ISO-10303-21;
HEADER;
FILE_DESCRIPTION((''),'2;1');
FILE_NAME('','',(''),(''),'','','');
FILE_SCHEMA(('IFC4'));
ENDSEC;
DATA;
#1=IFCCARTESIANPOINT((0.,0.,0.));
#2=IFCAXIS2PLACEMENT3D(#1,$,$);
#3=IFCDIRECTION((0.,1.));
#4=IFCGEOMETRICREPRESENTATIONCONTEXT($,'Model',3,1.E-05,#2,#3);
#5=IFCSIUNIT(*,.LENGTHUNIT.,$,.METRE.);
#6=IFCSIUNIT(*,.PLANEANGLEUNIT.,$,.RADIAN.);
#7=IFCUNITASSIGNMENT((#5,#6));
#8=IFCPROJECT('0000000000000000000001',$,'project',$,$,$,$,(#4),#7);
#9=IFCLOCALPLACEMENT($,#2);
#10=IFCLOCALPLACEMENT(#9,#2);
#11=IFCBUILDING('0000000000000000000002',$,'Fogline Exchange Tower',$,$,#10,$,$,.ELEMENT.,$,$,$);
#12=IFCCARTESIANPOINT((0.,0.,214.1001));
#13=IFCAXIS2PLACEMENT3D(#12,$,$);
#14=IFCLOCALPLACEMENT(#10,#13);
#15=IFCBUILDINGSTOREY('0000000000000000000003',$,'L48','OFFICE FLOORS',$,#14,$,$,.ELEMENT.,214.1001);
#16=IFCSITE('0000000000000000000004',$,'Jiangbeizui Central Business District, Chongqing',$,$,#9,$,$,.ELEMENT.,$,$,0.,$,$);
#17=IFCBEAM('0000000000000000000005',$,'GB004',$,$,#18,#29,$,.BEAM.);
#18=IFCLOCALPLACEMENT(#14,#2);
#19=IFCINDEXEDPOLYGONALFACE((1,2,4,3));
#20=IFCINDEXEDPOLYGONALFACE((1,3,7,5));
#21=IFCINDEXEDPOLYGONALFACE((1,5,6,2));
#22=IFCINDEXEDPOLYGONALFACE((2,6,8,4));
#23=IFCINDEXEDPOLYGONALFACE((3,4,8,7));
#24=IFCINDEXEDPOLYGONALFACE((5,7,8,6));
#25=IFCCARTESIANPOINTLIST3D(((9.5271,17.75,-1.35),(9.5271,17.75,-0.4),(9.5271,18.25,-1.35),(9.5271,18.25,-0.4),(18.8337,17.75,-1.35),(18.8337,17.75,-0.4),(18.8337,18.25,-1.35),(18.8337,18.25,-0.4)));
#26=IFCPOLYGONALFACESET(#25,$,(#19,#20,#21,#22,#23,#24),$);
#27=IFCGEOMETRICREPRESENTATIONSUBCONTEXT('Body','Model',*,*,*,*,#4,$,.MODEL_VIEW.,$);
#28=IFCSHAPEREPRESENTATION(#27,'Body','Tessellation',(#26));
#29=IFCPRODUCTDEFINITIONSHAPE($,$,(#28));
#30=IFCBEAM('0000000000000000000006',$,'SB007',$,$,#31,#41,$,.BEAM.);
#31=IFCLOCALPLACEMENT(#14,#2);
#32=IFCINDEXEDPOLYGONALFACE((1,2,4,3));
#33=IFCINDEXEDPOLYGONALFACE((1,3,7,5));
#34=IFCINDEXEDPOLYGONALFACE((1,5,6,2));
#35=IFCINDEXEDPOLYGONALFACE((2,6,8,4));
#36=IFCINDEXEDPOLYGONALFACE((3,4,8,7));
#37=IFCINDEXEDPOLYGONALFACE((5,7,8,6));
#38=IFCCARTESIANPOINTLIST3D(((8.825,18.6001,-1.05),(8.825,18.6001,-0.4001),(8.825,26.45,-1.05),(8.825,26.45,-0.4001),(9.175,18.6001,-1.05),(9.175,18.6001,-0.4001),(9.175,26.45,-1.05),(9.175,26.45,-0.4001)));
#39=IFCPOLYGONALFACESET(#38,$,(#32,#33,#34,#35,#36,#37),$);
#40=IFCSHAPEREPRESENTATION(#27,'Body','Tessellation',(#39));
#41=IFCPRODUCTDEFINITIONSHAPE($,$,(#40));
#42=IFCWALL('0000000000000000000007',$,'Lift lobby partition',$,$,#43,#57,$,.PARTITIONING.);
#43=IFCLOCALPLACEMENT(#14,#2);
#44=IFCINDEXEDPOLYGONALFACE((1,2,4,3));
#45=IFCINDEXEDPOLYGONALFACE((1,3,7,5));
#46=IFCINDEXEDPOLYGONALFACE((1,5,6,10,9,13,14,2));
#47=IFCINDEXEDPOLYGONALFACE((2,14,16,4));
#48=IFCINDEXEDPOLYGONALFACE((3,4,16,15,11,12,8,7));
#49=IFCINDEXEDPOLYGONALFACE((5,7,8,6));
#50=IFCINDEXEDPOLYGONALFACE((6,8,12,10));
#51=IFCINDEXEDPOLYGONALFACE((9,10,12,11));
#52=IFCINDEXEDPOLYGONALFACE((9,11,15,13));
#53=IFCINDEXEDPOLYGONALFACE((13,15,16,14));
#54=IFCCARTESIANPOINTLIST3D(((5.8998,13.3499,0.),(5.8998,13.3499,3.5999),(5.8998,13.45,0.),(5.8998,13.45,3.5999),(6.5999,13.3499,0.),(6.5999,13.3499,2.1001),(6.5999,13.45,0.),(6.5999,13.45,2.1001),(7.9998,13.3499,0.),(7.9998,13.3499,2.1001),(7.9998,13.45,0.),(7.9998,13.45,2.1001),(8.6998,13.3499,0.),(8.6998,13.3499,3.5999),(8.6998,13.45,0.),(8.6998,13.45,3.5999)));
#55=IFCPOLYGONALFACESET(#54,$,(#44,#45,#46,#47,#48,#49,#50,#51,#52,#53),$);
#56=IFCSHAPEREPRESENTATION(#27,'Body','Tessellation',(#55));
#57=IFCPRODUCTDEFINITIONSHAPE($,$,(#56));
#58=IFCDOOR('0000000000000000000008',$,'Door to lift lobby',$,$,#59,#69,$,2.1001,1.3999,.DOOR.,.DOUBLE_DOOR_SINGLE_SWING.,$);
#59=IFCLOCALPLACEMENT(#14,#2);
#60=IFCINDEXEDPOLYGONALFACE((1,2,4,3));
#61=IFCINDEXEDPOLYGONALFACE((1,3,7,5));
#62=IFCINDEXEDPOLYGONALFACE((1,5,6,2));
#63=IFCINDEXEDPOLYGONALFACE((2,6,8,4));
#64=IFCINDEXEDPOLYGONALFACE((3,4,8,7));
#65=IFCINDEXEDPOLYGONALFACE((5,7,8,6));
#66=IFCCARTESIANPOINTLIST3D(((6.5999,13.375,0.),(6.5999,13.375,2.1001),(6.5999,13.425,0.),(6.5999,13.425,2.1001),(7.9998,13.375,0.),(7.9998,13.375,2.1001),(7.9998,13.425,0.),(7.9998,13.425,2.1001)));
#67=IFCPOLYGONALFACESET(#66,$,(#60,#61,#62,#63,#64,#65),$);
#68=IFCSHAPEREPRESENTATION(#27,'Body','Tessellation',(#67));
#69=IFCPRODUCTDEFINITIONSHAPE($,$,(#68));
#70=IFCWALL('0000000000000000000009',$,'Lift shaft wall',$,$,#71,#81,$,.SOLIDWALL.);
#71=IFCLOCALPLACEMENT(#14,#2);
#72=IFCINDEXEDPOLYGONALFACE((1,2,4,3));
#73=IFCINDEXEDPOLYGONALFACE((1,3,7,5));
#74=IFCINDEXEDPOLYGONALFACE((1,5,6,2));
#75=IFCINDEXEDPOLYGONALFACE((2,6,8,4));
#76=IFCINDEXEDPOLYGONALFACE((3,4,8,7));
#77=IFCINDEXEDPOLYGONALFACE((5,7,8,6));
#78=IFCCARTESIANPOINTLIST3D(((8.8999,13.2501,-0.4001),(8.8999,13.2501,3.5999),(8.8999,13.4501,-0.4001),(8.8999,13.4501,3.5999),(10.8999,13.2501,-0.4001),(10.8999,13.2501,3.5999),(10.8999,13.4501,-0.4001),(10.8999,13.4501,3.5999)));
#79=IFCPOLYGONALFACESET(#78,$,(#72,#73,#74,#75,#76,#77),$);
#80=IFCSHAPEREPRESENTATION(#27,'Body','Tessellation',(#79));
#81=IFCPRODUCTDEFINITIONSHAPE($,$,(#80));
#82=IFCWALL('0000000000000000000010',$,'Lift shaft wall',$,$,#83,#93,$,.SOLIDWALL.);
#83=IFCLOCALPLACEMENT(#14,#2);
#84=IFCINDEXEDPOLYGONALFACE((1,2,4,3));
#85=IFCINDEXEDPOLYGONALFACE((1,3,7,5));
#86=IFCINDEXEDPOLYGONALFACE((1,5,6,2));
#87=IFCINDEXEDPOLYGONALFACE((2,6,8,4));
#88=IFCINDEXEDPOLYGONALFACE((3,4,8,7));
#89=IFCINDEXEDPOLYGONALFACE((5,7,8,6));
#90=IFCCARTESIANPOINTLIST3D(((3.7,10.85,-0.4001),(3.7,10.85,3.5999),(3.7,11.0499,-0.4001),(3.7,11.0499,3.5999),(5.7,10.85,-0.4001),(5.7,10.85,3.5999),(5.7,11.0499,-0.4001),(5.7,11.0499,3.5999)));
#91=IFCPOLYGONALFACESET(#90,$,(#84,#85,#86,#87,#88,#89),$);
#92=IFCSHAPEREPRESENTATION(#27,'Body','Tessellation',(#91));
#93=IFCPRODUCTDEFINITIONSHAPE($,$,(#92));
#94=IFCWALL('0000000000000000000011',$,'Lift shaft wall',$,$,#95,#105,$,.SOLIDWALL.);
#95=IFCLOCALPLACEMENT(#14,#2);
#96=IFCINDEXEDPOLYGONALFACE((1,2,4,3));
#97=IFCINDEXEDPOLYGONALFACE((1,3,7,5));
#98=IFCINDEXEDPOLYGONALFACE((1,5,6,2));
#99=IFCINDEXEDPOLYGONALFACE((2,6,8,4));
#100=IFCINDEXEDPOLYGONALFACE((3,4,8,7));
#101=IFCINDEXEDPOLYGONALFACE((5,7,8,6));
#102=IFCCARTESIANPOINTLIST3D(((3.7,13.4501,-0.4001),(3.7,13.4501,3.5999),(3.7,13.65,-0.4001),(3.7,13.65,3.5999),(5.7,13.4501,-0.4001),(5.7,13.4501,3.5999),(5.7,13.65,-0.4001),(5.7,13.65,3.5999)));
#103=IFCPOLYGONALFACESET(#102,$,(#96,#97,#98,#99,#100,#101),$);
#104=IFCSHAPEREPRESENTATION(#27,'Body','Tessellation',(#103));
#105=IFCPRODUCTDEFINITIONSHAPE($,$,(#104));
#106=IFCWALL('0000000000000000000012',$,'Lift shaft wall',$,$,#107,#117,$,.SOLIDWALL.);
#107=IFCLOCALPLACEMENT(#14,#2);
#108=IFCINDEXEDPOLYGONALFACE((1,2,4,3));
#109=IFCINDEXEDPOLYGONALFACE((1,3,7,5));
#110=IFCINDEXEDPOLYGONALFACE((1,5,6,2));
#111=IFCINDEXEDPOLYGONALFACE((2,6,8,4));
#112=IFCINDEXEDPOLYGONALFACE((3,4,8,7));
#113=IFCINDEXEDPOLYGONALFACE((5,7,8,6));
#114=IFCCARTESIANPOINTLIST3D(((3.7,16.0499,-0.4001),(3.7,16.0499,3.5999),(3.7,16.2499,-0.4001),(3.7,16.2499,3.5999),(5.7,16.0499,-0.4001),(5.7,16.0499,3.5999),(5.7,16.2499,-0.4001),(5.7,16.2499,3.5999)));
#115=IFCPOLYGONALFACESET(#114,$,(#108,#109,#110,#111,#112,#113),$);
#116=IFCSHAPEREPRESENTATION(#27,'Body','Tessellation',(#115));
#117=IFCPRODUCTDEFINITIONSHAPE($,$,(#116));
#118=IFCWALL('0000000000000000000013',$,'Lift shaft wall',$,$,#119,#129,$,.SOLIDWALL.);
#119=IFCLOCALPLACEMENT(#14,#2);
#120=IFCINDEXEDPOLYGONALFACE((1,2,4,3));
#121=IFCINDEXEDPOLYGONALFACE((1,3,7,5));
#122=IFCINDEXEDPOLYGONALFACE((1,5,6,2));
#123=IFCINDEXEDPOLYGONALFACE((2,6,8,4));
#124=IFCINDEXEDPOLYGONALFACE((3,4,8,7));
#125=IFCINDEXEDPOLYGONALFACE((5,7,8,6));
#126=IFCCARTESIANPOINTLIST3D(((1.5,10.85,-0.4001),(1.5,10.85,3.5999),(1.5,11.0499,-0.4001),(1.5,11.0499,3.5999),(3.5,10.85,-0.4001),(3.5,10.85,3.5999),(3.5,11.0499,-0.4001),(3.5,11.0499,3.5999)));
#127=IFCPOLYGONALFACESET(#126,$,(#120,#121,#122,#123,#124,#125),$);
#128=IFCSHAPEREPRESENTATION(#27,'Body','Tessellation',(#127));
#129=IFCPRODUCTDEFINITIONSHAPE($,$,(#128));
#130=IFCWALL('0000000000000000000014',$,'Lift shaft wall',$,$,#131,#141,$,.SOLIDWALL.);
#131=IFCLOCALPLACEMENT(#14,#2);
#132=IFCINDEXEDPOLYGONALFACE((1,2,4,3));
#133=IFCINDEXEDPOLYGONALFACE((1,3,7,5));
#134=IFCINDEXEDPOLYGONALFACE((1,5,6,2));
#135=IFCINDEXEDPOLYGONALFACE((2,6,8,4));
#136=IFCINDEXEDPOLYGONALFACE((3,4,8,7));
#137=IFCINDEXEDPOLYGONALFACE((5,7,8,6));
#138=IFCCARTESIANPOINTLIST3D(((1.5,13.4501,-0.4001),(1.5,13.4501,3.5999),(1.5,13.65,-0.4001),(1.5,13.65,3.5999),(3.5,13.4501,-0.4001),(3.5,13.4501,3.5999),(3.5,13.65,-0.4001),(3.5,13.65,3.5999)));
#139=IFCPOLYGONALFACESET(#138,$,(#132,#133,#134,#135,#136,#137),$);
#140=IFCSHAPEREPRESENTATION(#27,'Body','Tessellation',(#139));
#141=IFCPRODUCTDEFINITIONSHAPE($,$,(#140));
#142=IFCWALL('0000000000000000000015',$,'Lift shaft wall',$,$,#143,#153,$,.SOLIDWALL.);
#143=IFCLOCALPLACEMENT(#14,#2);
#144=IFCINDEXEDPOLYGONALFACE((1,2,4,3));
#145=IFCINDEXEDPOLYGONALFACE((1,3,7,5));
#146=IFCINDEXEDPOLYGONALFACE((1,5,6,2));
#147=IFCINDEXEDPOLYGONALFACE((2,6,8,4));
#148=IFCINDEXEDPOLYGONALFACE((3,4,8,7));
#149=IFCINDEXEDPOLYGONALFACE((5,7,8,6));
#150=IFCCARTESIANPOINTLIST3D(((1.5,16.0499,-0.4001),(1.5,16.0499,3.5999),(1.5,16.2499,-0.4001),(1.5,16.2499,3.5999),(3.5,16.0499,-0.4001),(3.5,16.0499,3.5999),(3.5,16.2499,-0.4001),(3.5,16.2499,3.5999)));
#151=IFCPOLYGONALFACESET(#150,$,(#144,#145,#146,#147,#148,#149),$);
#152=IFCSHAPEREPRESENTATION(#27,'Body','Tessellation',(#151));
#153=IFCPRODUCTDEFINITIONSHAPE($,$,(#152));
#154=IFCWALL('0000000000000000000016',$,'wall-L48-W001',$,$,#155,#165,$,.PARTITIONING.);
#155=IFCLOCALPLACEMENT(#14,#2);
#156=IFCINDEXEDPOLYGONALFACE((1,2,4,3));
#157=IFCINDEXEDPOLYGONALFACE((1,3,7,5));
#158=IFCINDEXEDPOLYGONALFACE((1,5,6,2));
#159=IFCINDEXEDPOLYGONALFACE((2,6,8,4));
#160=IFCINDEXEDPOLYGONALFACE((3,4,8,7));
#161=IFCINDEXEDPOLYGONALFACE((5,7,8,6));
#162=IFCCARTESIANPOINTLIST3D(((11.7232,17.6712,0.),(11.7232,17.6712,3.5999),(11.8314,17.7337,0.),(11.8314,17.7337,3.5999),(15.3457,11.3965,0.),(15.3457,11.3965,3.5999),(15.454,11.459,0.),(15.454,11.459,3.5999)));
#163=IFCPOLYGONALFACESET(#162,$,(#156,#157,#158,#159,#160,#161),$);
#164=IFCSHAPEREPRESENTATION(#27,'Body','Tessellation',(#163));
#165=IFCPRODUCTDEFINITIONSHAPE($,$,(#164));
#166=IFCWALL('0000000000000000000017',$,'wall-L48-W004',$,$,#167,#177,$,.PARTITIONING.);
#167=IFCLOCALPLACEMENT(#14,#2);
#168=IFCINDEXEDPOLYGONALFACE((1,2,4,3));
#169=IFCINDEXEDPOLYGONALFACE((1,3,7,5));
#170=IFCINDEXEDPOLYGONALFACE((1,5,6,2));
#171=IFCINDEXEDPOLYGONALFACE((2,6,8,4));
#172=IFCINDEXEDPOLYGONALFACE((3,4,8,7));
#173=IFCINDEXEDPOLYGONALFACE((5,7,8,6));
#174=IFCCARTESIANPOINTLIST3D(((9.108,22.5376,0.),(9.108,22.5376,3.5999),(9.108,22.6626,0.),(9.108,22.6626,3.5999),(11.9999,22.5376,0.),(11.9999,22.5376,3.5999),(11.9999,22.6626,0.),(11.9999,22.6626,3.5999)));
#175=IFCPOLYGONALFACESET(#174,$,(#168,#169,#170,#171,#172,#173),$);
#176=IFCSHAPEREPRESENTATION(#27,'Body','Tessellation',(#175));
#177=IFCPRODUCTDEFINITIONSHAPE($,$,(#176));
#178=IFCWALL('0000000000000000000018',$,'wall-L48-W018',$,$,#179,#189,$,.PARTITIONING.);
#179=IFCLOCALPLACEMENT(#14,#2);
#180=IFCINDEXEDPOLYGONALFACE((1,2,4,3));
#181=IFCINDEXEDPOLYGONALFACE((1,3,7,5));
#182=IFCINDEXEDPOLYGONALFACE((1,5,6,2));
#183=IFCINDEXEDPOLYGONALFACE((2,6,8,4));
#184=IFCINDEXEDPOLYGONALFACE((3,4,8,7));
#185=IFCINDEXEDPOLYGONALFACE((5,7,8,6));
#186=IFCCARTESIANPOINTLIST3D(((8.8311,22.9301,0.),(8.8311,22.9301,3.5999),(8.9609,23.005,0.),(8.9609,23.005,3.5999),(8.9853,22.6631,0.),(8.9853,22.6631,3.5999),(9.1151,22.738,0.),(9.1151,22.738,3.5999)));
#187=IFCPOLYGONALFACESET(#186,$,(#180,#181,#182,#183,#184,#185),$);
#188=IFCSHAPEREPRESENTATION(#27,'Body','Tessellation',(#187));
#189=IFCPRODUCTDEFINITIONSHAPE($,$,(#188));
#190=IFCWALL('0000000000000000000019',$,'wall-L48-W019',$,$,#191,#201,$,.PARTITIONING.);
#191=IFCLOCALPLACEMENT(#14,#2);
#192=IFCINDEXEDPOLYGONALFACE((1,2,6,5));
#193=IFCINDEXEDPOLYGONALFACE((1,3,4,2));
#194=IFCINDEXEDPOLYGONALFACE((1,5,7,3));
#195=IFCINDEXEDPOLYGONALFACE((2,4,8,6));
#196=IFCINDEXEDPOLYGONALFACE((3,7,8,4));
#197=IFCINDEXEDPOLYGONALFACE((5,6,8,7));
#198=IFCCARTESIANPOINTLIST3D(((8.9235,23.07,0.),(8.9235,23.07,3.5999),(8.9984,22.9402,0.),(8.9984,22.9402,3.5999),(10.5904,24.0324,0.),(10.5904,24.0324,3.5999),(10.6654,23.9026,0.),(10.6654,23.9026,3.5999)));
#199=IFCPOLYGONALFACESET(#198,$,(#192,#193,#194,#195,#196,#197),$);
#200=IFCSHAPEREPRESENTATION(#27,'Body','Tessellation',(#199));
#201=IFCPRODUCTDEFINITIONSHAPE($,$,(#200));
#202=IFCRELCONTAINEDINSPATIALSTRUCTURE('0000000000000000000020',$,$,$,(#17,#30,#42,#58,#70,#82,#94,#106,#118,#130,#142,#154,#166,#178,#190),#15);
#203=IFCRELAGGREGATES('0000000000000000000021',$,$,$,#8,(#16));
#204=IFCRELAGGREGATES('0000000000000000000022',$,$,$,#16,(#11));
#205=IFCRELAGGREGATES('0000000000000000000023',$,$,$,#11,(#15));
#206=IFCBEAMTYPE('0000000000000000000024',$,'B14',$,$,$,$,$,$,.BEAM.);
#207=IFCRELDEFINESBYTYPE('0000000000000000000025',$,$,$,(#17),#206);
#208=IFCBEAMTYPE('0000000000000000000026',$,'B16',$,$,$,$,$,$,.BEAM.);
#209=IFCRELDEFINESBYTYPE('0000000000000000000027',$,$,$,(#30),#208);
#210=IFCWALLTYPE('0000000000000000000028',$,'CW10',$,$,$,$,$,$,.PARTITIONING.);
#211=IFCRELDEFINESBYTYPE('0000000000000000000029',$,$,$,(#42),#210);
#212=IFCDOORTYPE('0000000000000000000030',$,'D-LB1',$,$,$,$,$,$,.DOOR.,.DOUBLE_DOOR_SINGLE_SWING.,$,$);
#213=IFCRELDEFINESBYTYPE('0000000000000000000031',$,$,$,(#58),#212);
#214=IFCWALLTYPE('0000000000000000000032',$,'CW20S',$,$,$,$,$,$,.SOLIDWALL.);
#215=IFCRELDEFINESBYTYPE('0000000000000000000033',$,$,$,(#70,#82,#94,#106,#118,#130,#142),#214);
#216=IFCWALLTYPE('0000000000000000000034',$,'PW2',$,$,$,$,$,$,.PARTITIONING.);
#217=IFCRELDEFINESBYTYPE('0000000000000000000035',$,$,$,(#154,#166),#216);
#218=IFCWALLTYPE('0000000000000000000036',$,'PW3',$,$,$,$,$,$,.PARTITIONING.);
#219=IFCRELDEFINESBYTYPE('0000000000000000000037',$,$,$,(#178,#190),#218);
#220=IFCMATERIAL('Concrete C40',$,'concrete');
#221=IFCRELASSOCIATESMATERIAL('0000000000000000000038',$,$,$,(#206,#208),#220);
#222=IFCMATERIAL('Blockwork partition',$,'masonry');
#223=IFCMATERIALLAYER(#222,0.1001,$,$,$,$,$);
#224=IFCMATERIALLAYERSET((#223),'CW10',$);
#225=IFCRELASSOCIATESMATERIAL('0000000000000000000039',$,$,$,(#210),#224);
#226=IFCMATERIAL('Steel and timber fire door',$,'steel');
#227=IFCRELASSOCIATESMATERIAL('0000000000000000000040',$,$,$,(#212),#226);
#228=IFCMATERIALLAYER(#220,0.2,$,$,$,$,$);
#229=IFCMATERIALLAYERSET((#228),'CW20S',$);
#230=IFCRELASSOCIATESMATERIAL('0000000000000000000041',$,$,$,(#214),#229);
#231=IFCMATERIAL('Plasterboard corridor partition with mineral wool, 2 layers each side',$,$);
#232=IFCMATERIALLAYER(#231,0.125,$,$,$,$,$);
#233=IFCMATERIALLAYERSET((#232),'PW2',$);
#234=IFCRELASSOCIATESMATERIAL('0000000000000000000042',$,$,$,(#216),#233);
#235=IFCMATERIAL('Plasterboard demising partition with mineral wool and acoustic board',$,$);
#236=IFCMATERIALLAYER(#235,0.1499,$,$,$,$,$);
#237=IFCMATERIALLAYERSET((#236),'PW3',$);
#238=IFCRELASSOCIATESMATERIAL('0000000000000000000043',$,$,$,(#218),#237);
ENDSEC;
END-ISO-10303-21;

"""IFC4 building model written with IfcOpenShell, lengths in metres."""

from ifc_helpers import new_model, si_unit, direction, frame, frame_2d, origin, origin_2d, place, context, subcontext, project, spatial, rectangle, extrude, material, layer, layer_set, material_profile, profile_set, type_object, element, fill, save


model = new_model("IFC4")

# Units and contexts
model_context = context("Model", 3, precision=1e-05, world=origin(), true_north=direction((0.0, 1.0)))
body_context = subcontext(model_context, "Body", "Model", "MODEL_VIEW")
ifc_project = project(units=[si_unit("LENGTHUNIT", "METRE"), si_unit("PLANEANGLEUNIT", "RADIAN")], contexts=[model_context])

# Site, building, storey
site_placement = place(None, origin())
site = spatial("IfcSite", under=ifc_project, at=site_placement, Name="Jiangbeizui Central Business District, Chongqing", CompositionType="ELEMENT", RefElevation=0.0)
building_placement = place(site_placement, origin())
building = spatial("IfcBuilding", under=site, at=building_placement, Name="Fogline Exchange Tower", CompositionType="ELEMENT")
storey_placement = place(building_placement, frame((0.0, 0.0, 214.1001)))
storey = spatial("IfcBuildingStorey", under=building, at=storey_placement, Name="L48", Description="OFFICE FLOORS", CompositionType="ELEMENT", Elevation=214.1001)

# Beams
ifc_material_1 = material(Name="Concrete C40", Category="concrete")
ifc_material_profile_1 = material_profile(ifc_material_1, rectangle(XDim=0.5, YDim=0.95, at=origin_2d()), Name="RC 500x950")
ifc_profile_set_1 = profile_set([ifc_material_profile_1], Name="Concrete C40")
beam_type_1 = type_object("IfcBeamType", Name="B14", PredefinedType="BEAM", material=ifc_profile_set_1)
beam_1_placement = place(storey_placement, frame((9.5271, 18.0, -0.875), z_axis=(1.0, 0.0, 0.0), x_axis=(0.0, 1.0, 0.0)))
element("IfcBeam", 1, at=beam_1_placement, inside=storey, type_object=beam_type_1, Name="GB004", PredefinedType="BEAM", context=body_context, shape_type="SweptSolid", body=[
    extrude(rectangle(XDim=0.5, YDim=0.95, at=origin_2d()), origin(), (0.0, 0.0, 1.0), 9.3066),
])
ifc_material_profile_2 = material_profile(ifc_material_1, rectangle(XDim=0.3501, YDim=0.6499, at=origin_2d()), Name="RC 350x650")
ifc_profile_set_2 = profile_set([ifc_material_profile_2], Name="Concrete C40")
beam_type_2 = type_object("IfcBeamType", Name="B16", PredefinedType="BEAM", material=ifc_profile_set_2)
beam_2_placement = place(storey_placement, frame((9.0, 18.6001, -0.7251), z_axis=(0.0, 1.0, 0.0), x_axis=(-1.0, 0.0, 0.0)))
element("IfcBeam", 2, at=beam_2_placement, inside=storey, type_object=beam_type_2, Name="SB007", PredefinedType="BEAM", context=body_context, shape_type="SweptSolid", body=[
    extrude(rectangle(XDim=0.3501, YDim=0.6499, at=origin_2d()), origin(), (0.0, 0.0, 1.0), 7.8499),
])

# Wall, opening, door
ifc_material_2 = material(Name="Blockwork partition", Category="masonry")
ifc_layer_1 = layer(ifc_material_2, 0.1001)
ifc_layer_set_1 = layer_set([ifc_layer_1], Name="CW10")
wall_type_1 = type_object("IfcWallType", Name="CW10", PredefinedType="PARTITIONING", material=ifc_layer_set_1)
wall_1_placement = place(storey_placement, frame((5.8999, 13.3999, 0.0), z_axis=(0.0, 0.0, 1.0), x_axis=(1.0, 0.0, 0.0)))
wall_1 = element("IfcWall", 3, at=wall_1_placement, inside=storey, type_object=wall_type_1, Name="Lift lobby partition", PredefinedType="PARTITIONING", context=body_context, shape_type="SweptSolid", body=[
    extrude(rectangle(XDim=2.8, YDim=0.1001, at=frame_2d((1.3999, 0.0))), origin(), (0.0, 0.0, 1.0), 3.5999),
])
opening_1_placement = place(wall_1_placement, frame((0.7, 0.0, 0.0)))
opening_1 = element("IfcOpeningElement", 4, at=opening_1_placement, cuts=wall_1, PredefinedType="OPENING", context=body_context, shape_type="SweptSolid", body=[
    extrude(rectangle(XDim=1.3999, YDim=2.1001, at=frame_2d((0.7, 1.05))), frame((0.0, 0.0601, 0.0), z_axis=(0.0, -1.0, 0.0), x_axis=(1.0, 0.0, 0.0)), (0.0, 0.0, 1.0), 0.1201),
])
ifc_material_3 = material(Name="Steel and timber fire door", Category="steel")
door_type_1 = type_object("IfcDoorType", Name="D-LB1", OperationType="DOUBLE_DOOR_SINGLE_SWING", PredefinedType="DOOR", material=ifc_material_3)
door_1_placement = place(opening_1_placement, frame((1.3999, 0.0, 0.0), z_axis=(0.0, 0.0, 1.0), x_axis=(-1.0, 0.0, 0.0)))
door_1 = element("IfcDoor", 5, at=door_1_placement, inside=storey, type_object=door_type_1, Name="Door to lift lobby", OperationType="DOUBLE_DOOR_SINGLE_SWING", OverallHeight=2.1001, OverallWidth=1.3999, PredefinedType="DOOR", context=body_context, shape_type="SweptSolid", body=[
    extrude(rectangle(XDim=1.3999, YDim=2.1001, at=frame_2d((0.7, 1.05))), frame((0.0, 0.0249, 0.0), z_axis=(0.0, -1.0, 0.0), x_axis=(1.0, 0.0, 0.0)), (0.0, 0.0, 1.0), 0.05),
])
fill(opening_1, door_1)

# Walls
ifc_layer_2 = layer(ifc_material_1, 0.2)
ifc_layer_set_2 = layer_set([ifc_layer_2], Name="CW20S")
wall_type_2 = type_object("IfcWallType", Name="CW20S", PredefinedType="SOLIDWALL", material=ifc_layer_set_2)
for number, where, z_axis, x_axis, name in (
    (6, (8.8999, 13.3501, -0.4001), (0.0, 0.0, 1.0), (1.0, 0.0, 0.0), "Lift shaft wall"),
    (7, (3.7, 10.95, -0.4001), (0.0, 0.0, 1.0), (1.0, 0.0, 0.0), "Lift shaft wall"),
    (8, (3.7, 13.55, -0.4001), (0.0, 0.0, 1.0), (1.0, 0.0, 0.0), "Lift shaft wall"),
    (9, (3.7, 16.1499, -0.4001), (0.0, 0.0, 1.0), (1.0, 0.0, 0.0), "Lift shaft wall"),
    (10, (1.5, 10.95, -0.4001), (0.0, 0.0, 1.0), (1.0, 0.0, 0.0), "Lift shaft wall"),
    (11, (1.5, 13.55, -0.4001), (0.0, 0.0, 1.0), (1.0, 0.0, 0.0), "Lift shaft wall"),
    (12, (1.5, 16.1499, -0.4001), (0.0, 0.0, 1.0), (1.0, 0.0, 0.0), "Lift shaft wall"),
):
    element("IfcWall", number, at=place(storey_placement, frame(where, z_axis=z_axis, x_axis=x_axis)), inside=storey, type_object=wall_type_2, Name=name, PredefinedType="SOLIDWALL", context=body_context, shape_type="SweptSolid", body=[
        extrude(rectangle(XDim=2.0, YDim=0.2, at=frame_2d((1.0, 0.0))), origin(), (0.0, 0.0, 1.0), 4.0),
    ])
ifc_material_4 = material(Name="Plasterboard corridor partition with mineral wool, 2 layers each side")
ifc_layer_3 = layer(ifc_material_4, 0.125)
ifc_layer_set_3 = layer_set([ifc_layer_3], Name="PW2")
wall_type_3 = type_object("IfcWallType", Name="PW2", PredefinedType="PARTITIONING", material=ifc_layer_set_3)
wall_2_placement = place(storey_placement, frame((11.7773, 17.7024, 0.0), z_axis=(0.0, 0.0, 1.0), x_axis=(0.499988, -0.866032, 0.0)))
element("IfcWall", 13, at=wall_2_placement, inside=storey, type_object=wall_type_3, Name="wall-L48-W001", PredefinedType="PARTITIONING", context=body_context, shape_type="SweptSolid", body=[
    extrude(rectangle(XDim=7.2454, YDim=0.125, at=frame_2d((3.6226, 0.0))), origin(), (0.0, 0.0, 1.0), 3.5999),
])
wall_3_placement = place(storey_placement, frame((9.1082, 22.6001, 0.0), z_axis=(0.0, 0.0, 1.0), x_axis=(1.0, 0.0, 0.0)))
element("IfcWall", 14, at=wall_3_placement, inside=storey, type_object=wall_type_3, Name="wall-L48-W004", PredefinedType="PARTITIONING", context=body_context, shape_type="SweptSolid", body=[
    extrude(rectangle(XDim=2.8918, YDim=0.125, at=frame_2d((1.4458, 0.0))), origin(), (0.0, 0.0, 1.0), 3.5999),
])
ifc_material_5 = material(Name="Plasterboard demising partition with mineral wool and acoustic board")
ifc_layer_4 = layer(ifc_material_5, 0.1499)
ifc_layer_set_4 = layer_set([ifc_layer_4], Name="PW3")
wall_type_4 = type_object("IfcWallType", Name="PW3", PredefinedType="PARTITIONING", material=ifc_layer_set_4)
wall_4_placement = place(storey_placement, frame((9.0503, 22.7004, 0.0), z_axis=(0.0, 0.0, 1.0), x_axis=(-0.500225, 0.865896, 0.0)))
element("IfcWall", 15, at=wall_4_placement, inside=storey, type_object=wall_type_4, Name="wall-L48-W018", PredefinedType="PARTITIONING", context=body_context, shape_type="SweptSolid", body=[
    extrude(rectangle(XDim=0.3083, YDim=0.1499, at=frame_2d((0.1543, 0.0))), origin(), (0.0, 0.0, 1.0), 3.5999),
])
wall_5_placement = place(storey_placement, frame((8.9609, 23.0051, 0.0), z_axis=(0.0, 0.0, 1.0), x_axis=(0.866034, 0.499986, 0.0)))
element("IfcWall", 16, at=wall_5_placement, inside=storey, type_object=wall_type_4, Name="wall-L48-W019", PredefinedType="PARTITIONING", context=body_context, shape_type="SweptSolid", body=[
    extrude(rectangle(XDim=1.9248, YDim=0.1499, at=frame_2d((0.9624, 0.0))), origin(), (0.0, 0.0, 1.0), 3.5999),
])

save(model, "model.ifc")
